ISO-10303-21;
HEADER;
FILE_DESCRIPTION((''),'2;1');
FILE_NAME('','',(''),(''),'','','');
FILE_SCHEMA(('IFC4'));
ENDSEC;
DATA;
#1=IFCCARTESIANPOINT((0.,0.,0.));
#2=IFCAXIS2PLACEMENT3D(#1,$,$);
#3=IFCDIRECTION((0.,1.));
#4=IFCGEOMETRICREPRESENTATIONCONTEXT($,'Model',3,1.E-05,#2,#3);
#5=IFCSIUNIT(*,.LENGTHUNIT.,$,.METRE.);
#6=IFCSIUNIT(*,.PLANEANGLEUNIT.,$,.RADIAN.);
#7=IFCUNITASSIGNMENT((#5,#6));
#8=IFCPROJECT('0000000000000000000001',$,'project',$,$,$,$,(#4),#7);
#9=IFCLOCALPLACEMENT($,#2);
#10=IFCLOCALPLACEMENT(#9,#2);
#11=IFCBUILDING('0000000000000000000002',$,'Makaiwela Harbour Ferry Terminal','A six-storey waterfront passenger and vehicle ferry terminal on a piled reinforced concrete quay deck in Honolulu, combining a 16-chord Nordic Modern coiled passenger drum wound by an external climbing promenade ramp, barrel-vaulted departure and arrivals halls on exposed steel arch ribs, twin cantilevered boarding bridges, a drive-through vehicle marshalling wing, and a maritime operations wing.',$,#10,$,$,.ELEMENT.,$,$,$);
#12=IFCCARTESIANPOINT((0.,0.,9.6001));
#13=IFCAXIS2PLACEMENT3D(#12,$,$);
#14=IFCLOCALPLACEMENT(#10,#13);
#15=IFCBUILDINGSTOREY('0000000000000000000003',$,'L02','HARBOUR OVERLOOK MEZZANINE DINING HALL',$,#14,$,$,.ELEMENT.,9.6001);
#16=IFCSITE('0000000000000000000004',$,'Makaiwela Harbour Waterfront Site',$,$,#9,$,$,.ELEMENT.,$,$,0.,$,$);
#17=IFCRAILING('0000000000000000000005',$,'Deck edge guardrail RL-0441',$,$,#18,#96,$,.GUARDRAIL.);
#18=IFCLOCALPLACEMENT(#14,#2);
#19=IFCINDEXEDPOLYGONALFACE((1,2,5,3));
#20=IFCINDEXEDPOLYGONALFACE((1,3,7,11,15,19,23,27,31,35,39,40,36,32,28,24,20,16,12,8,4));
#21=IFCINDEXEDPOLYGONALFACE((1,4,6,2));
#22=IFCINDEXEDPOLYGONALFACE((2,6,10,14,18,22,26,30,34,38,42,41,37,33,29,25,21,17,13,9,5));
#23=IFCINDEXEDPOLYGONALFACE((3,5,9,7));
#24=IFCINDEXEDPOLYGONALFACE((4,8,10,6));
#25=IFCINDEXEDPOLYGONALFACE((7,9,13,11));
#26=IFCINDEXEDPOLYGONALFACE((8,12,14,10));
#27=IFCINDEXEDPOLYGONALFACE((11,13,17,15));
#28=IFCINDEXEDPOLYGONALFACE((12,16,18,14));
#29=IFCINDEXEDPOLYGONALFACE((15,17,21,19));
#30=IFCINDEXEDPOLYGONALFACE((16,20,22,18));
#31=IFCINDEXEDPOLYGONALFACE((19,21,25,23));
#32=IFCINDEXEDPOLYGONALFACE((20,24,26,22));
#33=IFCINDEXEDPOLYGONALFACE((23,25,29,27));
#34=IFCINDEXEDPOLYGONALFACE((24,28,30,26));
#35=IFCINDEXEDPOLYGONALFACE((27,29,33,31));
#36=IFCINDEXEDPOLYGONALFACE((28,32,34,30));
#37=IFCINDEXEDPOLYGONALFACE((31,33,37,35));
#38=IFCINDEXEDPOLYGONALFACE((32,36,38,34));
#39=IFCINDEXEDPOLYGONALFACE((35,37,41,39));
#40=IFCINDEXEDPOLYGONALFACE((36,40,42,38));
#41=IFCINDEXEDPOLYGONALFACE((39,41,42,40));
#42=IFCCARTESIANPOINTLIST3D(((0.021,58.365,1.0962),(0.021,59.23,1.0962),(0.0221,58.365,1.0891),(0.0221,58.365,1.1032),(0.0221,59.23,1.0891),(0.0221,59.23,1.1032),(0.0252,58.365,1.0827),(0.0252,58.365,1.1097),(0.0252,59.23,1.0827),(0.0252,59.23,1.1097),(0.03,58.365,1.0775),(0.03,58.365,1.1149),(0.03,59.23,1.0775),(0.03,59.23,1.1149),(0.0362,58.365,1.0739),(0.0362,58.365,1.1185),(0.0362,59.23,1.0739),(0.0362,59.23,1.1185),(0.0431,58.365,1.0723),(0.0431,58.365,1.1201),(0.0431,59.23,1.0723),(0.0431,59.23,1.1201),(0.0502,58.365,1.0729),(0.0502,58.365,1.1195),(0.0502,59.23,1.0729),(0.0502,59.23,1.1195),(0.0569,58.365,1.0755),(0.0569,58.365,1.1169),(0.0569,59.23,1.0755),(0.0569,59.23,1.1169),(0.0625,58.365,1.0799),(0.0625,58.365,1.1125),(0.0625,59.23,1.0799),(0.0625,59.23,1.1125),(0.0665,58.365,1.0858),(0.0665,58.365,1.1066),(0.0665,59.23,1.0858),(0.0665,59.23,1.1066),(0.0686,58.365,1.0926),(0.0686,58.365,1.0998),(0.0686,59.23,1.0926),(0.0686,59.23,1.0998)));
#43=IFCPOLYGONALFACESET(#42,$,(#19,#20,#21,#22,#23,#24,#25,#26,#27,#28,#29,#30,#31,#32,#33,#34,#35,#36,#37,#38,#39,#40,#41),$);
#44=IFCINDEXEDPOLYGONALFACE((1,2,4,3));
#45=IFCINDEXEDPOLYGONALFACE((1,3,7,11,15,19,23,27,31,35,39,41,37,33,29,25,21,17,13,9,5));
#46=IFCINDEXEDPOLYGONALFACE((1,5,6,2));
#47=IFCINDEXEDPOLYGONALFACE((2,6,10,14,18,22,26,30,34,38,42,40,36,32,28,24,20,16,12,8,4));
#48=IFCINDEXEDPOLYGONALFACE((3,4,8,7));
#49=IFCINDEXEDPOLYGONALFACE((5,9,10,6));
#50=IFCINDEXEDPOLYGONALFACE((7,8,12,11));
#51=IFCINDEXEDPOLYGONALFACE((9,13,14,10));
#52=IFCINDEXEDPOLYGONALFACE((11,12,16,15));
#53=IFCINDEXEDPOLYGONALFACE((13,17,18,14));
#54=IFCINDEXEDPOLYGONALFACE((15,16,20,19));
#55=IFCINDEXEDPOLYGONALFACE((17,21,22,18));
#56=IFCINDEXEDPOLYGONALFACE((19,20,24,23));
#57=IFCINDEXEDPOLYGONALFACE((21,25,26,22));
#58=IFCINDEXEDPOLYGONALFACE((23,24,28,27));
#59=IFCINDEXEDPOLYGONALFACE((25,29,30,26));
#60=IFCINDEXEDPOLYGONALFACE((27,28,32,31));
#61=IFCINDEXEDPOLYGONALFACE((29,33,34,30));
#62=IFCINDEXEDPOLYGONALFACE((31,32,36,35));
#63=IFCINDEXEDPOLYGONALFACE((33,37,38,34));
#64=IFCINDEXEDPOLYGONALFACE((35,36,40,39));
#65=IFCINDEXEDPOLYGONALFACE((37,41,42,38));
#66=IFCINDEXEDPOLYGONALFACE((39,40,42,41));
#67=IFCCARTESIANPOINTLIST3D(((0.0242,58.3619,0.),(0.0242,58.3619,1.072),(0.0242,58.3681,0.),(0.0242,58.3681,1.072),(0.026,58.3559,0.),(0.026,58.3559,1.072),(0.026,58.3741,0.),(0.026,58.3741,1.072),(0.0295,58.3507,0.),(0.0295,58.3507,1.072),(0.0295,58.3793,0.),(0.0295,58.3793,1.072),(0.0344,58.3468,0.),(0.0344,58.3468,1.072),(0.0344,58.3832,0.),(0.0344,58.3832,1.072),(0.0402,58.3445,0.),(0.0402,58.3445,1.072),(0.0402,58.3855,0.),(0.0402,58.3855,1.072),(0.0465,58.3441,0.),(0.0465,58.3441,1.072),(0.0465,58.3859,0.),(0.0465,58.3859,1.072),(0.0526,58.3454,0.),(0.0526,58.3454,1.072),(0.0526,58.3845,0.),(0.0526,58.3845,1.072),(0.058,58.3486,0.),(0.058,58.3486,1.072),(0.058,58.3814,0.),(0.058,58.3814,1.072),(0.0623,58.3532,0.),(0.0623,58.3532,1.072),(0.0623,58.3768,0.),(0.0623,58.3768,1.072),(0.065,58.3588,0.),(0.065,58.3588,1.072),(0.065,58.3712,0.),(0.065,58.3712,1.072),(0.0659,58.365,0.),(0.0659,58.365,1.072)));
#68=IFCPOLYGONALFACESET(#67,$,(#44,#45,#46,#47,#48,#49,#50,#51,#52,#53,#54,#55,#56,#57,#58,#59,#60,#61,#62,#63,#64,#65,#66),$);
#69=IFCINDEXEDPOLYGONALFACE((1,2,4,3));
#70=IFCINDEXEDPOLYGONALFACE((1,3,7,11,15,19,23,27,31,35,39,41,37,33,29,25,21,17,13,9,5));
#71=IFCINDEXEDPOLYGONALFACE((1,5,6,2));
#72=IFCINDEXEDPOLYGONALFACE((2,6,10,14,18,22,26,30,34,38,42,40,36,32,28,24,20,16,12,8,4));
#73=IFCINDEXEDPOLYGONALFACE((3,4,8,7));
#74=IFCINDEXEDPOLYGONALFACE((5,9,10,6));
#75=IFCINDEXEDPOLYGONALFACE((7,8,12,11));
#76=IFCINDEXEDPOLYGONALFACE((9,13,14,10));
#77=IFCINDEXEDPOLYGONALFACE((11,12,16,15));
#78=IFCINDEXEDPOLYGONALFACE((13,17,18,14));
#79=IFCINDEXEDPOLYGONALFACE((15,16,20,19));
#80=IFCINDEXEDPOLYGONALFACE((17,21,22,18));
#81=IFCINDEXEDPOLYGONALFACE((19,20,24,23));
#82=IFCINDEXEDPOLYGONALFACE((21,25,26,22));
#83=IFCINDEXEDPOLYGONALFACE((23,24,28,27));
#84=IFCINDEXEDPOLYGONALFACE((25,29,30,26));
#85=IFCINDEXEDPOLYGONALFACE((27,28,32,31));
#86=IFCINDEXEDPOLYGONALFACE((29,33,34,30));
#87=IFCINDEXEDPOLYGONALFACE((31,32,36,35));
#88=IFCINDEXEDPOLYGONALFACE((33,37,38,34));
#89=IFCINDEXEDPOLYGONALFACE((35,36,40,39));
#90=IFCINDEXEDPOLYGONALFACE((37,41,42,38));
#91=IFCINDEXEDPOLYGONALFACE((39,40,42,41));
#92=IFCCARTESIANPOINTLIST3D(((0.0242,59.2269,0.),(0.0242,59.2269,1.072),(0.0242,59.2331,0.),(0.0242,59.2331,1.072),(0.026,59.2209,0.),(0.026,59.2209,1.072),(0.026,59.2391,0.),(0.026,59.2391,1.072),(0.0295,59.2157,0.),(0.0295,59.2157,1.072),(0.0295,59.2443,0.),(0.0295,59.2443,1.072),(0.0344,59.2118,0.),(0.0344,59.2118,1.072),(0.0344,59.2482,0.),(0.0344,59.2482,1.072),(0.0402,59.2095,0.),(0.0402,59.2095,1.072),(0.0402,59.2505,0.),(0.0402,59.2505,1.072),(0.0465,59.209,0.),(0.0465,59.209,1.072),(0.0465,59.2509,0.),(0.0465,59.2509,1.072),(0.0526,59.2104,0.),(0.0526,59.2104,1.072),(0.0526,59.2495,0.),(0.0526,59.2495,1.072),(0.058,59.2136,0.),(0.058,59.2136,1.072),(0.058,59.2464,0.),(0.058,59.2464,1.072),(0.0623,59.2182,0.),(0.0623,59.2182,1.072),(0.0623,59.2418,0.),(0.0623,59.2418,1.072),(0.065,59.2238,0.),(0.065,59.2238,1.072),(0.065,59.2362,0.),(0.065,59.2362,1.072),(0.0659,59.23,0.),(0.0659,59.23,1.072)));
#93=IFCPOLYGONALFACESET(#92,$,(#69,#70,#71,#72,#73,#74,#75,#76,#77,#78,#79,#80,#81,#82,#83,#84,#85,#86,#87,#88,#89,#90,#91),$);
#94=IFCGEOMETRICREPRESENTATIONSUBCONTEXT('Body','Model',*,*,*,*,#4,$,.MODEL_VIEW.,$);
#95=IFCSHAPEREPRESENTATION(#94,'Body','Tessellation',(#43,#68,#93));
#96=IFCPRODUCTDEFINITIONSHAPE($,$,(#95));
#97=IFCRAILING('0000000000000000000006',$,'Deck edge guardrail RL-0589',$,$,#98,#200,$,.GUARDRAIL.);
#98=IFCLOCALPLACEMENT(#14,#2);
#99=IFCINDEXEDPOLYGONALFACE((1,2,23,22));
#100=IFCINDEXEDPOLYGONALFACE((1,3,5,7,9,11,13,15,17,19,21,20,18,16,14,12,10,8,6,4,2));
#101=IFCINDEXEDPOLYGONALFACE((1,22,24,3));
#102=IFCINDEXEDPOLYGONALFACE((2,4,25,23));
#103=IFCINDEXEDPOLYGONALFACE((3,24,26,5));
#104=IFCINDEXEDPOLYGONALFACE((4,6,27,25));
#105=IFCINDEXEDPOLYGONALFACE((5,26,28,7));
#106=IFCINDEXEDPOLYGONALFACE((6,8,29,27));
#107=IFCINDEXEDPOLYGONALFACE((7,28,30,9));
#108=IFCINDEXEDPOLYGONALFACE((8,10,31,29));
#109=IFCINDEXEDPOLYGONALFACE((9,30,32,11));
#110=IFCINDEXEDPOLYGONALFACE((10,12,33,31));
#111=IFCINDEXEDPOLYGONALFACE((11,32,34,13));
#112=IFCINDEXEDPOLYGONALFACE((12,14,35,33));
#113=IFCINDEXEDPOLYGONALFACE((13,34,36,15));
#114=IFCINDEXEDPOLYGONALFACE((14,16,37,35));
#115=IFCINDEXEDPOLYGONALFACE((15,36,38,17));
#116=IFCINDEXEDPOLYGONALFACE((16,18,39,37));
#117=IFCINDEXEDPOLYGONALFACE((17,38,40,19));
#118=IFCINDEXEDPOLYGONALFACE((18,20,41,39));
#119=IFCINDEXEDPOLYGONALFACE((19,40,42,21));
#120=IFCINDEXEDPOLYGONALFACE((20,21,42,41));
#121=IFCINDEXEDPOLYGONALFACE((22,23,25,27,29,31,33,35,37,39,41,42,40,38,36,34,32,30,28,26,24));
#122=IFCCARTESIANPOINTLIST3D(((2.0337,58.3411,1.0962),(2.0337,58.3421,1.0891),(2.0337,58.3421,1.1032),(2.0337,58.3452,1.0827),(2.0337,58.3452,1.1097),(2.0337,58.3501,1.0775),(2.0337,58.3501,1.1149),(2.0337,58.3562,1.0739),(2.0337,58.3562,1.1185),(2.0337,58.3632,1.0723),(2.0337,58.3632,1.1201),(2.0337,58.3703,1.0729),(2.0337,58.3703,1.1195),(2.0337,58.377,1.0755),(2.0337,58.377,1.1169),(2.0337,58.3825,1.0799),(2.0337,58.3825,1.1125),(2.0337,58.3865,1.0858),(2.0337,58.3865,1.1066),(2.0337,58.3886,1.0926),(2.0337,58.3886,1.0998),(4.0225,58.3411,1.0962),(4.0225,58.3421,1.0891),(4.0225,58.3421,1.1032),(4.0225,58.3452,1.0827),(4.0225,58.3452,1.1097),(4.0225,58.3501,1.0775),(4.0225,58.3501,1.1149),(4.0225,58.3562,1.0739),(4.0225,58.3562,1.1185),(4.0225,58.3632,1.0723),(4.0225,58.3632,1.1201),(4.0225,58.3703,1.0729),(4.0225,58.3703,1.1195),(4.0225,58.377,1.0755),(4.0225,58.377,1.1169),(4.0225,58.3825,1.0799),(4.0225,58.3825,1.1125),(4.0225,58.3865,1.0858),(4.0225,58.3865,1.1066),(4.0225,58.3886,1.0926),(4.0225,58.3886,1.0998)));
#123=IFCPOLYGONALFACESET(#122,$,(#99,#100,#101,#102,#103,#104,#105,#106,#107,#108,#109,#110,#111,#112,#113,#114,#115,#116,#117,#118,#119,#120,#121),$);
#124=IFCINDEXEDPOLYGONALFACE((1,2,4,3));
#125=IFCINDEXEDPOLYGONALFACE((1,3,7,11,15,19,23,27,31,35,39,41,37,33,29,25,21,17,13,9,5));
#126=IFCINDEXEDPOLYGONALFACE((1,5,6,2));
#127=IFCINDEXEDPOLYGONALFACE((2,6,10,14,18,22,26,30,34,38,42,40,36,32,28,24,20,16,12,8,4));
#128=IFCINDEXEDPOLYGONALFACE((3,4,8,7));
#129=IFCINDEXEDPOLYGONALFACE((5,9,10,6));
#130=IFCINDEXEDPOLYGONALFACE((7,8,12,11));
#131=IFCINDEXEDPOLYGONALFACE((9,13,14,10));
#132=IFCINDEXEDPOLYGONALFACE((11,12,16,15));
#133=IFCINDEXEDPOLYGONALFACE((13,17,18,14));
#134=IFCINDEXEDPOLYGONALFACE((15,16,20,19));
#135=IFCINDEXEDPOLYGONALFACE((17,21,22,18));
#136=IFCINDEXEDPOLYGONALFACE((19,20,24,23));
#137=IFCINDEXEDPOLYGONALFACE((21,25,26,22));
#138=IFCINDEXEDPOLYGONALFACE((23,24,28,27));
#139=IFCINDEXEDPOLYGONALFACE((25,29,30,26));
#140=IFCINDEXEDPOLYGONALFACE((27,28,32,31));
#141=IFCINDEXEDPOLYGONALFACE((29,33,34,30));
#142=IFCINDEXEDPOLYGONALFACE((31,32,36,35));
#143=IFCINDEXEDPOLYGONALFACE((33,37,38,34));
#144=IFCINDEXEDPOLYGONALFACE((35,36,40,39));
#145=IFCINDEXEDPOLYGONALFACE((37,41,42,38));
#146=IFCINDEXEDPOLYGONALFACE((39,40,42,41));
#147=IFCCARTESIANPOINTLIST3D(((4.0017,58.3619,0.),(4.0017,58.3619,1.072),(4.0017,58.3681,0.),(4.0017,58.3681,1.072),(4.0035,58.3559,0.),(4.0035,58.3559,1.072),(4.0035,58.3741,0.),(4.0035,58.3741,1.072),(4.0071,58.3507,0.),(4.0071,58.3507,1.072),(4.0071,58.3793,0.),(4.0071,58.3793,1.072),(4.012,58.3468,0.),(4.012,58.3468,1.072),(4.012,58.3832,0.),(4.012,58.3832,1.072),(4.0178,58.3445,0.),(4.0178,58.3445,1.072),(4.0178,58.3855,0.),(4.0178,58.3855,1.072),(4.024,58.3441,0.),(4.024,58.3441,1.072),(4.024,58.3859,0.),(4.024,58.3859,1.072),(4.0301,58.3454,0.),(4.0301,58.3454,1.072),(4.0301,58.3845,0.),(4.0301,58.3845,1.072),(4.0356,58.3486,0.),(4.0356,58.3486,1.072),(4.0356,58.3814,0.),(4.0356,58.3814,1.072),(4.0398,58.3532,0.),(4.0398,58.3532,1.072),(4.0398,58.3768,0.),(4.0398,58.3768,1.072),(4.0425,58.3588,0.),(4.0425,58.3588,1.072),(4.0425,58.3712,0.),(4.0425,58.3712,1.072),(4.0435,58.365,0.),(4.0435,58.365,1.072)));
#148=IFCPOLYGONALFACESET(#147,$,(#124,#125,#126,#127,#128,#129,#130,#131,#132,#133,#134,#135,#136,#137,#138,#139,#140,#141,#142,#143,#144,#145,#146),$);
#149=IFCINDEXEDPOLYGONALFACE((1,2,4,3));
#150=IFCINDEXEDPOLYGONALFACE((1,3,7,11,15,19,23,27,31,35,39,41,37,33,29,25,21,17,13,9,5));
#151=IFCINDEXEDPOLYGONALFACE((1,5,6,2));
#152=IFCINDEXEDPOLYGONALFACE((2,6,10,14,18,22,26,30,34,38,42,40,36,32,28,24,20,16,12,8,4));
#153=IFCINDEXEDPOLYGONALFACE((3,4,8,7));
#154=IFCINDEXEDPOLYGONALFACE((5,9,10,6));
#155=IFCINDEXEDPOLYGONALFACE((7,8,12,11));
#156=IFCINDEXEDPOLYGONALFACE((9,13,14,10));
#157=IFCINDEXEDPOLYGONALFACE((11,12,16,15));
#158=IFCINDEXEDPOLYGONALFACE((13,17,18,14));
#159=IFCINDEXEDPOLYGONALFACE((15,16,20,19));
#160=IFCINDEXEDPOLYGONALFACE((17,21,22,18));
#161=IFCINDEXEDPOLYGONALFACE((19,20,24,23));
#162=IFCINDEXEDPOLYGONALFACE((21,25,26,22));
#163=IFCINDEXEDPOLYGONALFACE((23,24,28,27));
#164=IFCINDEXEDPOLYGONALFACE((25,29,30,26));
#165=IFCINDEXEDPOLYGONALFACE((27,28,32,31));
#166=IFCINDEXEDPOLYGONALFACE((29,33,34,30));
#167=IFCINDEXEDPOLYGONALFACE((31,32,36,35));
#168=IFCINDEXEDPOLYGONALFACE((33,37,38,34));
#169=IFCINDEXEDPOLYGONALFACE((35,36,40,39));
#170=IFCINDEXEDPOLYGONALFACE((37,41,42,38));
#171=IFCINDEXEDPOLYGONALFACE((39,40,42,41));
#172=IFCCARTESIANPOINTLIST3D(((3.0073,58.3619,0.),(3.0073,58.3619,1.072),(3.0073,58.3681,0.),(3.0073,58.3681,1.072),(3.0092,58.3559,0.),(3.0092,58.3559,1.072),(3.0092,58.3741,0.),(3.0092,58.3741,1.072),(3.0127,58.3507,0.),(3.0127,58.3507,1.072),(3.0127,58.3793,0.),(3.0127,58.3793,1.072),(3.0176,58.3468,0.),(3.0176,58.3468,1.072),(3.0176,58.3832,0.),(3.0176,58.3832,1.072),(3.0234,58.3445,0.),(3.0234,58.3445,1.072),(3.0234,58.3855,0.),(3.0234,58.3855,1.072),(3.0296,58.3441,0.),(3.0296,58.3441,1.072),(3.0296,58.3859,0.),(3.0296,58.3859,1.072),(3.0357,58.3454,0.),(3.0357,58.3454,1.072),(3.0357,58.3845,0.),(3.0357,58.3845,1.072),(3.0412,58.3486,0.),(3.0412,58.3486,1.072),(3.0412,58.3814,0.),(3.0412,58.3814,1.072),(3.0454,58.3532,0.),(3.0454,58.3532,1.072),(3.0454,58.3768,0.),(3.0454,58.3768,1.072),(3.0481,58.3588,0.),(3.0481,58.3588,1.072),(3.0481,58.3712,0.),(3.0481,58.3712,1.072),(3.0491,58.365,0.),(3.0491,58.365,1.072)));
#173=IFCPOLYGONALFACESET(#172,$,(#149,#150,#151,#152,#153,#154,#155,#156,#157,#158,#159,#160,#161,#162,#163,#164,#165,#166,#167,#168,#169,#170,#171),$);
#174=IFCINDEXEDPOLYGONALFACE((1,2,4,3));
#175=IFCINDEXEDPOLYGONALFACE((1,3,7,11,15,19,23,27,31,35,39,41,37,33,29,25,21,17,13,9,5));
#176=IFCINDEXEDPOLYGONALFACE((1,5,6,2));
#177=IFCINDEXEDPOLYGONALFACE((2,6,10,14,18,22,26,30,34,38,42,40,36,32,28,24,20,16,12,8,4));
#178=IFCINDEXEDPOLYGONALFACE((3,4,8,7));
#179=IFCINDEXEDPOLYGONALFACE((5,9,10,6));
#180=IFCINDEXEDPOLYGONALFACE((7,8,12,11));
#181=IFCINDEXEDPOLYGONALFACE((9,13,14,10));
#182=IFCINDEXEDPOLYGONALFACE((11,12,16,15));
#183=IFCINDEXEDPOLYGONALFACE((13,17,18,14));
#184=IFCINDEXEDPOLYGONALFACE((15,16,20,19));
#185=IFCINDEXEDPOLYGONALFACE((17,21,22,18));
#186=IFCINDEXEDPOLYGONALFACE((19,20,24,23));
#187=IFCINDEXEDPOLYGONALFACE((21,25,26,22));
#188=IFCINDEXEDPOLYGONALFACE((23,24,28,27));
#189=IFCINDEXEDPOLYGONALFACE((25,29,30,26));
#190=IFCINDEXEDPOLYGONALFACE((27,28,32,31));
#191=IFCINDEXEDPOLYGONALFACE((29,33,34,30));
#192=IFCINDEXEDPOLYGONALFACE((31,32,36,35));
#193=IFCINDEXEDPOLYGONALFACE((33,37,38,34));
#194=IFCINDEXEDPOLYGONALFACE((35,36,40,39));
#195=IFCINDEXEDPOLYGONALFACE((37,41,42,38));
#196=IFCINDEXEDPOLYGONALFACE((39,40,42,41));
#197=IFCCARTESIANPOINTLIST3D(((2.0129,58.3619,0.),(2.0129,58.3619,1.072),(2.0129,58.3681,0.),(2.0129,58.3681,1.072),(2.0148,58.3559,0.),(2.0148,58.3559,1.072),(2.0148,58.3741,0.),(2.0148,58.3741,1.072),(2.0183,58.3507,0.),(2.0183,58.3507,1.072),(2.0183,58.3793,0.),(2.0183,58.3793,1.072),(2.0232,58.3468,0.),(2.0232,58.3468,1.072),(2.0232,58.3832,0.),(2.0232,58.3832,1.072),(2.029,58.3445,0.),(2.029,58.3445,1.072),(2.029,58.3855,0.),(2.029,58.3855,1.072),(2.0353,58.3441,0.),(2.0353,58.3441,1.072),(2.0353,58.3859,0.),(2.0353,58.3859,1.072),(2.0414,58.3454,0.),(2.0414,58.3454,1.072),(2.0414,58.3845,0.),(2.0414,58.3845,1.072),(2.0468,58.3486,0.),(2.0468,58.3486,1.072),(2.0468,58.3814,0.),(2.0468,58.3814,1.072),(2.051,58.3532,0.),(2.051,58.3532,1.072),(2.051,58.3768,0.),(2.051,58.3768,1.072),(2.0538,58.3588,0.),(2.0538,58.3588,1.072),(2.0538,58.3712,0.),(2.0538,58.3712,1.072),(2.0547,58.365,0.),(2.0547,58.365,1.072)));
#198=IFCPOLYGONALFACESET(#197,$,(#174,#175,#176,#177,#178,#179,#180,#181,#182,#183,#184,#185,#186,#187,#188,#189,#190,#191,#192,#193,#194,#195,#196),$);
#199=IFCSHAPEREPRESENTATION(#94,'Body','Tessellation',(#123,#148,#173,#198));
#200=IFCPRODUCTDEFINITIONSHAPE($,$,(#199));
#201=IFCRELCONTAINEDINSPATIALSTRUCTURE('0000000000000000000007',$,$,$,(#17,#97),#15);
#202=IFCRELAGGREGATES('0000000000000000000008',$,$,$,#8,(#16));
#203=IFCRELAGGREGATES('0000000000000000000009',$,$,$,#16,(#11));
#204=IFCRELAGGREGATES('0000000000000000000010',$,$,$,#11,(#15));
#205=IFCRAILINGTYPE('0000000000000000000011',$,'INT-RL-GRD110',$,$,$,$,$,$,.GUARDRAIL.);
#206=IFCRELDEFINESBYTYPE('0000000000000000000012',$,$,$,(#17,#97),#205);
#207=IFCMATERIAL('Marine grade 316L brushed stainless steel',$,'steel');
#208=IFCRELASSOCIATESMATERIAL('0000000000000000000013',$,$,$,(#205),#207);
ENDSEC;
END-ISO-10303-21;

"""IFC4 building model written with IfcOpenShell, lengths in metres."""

from ifc_helpers import new_model, si_unit, direction, frame, origin, origin_2d, place, context, subcontext, project, spatial, circle, extrude, material, type_object, element, save


model = new_model("IFC4")

# Units and contexts
model_context = context("Model", 3, precision=1e-05, world=origin(), true_north=direction((0.0, 1.0)))
body_context = subcontext(model_context, "Body", "Model", "MODEL_VIEW")
ifc_project = project(units=[si_unit("LENGTHUNIT", "METRE"), si_unit("PLANEANGLEUNIT", "RADIAN")], contexts=[model_context])

# Site, building, storey
site_placement = place(None, origin())
site = spatial("IfcSite", under=ifc_project, at=site_placement, Name="Makaiwela Harbour Waterfront Site", CompositionType="ELEMENT", RefElevation=0.0)
building_placement = place(site_placement, origin())
building = spatial("IfcBuilding", under=site, at=building_placement, Name="Makaiwela Harbour Ferry Terminal", Description="A six-storey waterfront passenger and vehicle ferry terminal on a piled reinforced concrete quay deck in Honolulu, combining a 16-chord Nordic Modern coiled passenger drum wound by an external climbing promenade ramp, barrel-vaulted departure and arrivals halls on exposed steel arch ribs, twin cantilevered boarding bridges, a drive-through vehicle marshalling wing, and a maritime operations wing.", CompositionType="ELEMENT")
storey_placement = place(building_placement, frame((0.0, 0.0, 9.6001)))
storey = spatial("IfcBuildingStorey", under=building, at=storey_placement, Name="L02", Description="HARBOUR OVERLOOK MEZZANINE DINING HALL", CompositionType="ELEMENT", Elevation=9.6001)

# Railings
ifc_material_1 = material(Name="Marine grade 316L brushed stainless steel", Category="steel")
railing_type = type_object("IfcRailingType", Name="INT-RL-GRD110", PredefinedType="GUARDRAIL", material=ifc_material_1)
railing_placement = place(storey_placement, frame((0.0449, 58.365, 0.0)))
element("IfcRailing", 1, at=railing_placement, inside=storey, type_object=railing_type, Name="Deck edge guardrail RL-0441", PredefinedType="GUARDRAIL", context=body_context, shape_type="SweptSolid", body=[
    extrude(circle(Radius=0.0239, at=origin_2d()), frame((0.0, 0.0, 1.0962), z_axis=(0.0, 1.0, 0.0), x_axis=(-1.0, 0.0, 0.0)), (0.0, 0.0, 1.0), 0.865),
    extrude(circle(Radius=0.021, at=origin_2d()), origin(), (0.0, 0.0, 1.0), 1.072),
    extrude(circle(Radius=0.021, at=origin_2d()), frame((0.0, 0.865, 0.0)), (0.0, 0.0, 1.0), 1.072),
])
for number, where, name in (
    (2, (4.0225, 58.365, 0.0), "Deck edge guardrail RL-0589"),
):
    element("IfcRailing", number, at=place(storey_placement, frame(where)), inside=storey, type_object=railing_type, Name=name, PredefinedType="GUARDRAIL", context=body_context, shape_type="SweptSolid", body=[
        extrude(circle(Radius=0.0239, at=origin_2d()), frame((0.0, 0.0, 1.0962), z_axis=(-1.0, 0.0, 0.0), x_axis=(0.0, -1.0, 0.0)), (0.0, 0.0, 1.0), 1.9888),
        extrude(circle(Radius=0.021, at=origin_2d()), origin(), (0.0, 0.0, 1.0), 1.072),
        extrude(circle(Radius=0.021, at=origin_2d()), frame((-0.9944, 0.0, 0.0)), (0.0, 0.0, 1.0), 1.072),
        extrude(circle(Radius=0.021, at=origin_2d()), frame((-1.9888, 0.0, 0.0)), (0.0, 0.0, 1.0), 1.072),
    ])

save(model, "model.ifc")
